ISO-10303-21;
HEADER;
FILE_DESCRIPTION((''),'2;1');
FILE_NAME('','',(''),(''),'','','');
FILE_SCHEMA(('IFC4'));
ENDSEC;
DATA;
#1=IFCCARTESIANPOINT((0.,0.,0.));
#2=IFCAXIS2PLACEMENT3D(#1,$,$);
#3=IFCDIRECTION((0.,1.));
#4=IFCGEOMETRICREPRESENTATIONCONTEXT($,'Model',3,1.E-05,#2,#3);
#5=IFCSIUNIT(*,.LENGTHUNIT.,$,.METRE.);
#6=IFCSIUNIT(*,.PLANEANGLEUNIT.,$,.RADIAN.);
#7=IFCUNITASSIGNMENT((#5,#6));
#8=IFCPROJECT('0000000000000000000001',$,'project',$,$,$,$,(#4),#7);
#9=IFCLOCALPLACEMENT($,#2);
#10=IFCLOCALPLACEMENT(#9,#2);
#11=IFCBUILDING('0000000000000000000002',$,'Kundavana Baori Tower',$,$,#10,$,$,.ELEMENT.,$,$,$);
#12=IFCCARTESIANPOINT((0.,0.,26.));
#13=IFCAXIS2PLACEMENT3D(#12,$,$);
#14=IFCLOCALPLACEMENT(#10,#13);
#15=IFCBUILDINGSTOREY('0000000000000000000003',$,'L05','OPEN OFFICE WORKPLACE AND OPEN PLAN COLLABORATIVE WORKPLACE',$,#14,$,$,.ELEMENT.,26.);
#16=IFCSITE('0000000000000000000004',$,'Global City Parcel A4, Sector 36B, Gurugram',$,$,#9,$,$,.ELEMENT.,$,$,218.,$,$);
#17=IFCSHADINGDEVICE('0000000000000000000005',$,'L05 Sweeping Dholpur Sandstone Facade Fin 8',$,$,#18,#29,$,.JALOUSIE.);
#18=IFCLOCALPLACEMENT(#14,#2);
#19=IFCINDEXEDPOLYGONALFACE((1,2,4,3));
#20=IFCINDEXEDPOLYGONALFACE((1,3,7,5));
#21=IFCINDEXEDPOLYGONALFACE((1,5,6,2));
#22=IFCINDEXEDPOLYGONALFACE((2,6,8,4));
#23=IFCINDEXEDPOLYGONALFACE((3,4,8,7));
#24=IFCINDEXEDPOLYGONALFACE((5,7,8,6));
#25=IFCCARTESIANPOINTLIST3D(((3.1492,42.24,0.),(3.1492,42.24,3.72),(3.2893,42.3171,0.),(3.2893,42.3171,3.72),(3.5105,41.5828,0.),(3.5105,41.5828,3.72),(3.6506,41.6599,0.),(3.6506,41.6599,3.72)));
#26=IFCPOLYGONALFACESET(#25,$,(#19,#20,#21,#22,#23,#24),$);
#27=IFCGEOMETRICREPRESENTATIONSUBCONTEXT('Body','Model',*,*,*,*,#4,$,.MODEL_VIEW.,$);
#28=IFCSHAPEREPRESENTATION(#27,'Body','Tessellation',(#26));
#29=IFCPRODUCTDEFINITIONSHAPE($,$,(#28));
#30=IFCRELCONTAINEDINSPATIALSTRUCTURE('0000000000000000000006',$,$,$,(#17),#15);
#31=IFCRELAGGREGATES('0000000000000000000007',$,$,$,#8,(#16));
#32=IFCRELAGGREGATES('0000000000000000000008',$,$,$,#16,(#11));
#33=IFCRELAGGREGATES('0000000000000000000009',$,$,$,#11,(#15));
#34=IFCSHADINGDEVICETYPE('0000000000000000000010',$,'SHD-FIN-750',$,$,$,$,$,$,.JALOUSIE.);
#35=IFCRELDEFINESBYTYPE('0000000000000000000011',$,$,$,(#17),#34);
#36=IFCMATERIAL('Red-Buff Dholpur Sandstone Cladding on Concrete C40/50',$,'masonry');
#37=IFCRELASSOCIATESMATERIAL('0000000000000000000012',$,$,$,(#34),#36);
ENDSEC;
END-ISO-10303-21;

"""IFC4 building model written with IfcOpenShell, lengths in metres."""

from ifc_helpers import new_model, si_unit, direction, frame, origin, origin_2d, place, context, subcontext, project, spatial, rectangle, extrude, material, type_object, element, save


model = new_model("IFC4")

# Units and contexts
model_context = context("Model", 3, precision=1e-05, world=origin(), true_north=direction((0.0, 1.0)))
body_context = subcontext(model_context, "Body", "Model", "MODEL_VIEW")
ifc_project = project(units=[si_unit("LENGTHUNIT", "METRE"), si_unit("PLANEANGLEUNIT", "RADIAN")], contexts=[model_context])

# Site, building, storey
site_placement = place(None, origin())
site = spatial("IfcSite", under=ifc_project, at=site_placement, Name="Global City Parcel A4, Sector 36B, Gurugram", CompositionType="ELEMENT", RefElevation=218.0)
building_placement = place(site_placement, origin())
building = spatial("IfcBuilding", under=site, at=building_placement, Name="Kundavana Baori Tower", CompositionType="ELEMENT")
storey_placement = place(building_placement, frame((0.0, 0.0, 26.0)))
storey = spatial("IfcBuildingStorey", under=building, at=storey_placement, Name="L05", Description="OPEN OFFICE WORKPLACE AND OPEN PLAN COLLABORATIVE WORKPLACE", CompositionType="ELEMENT", Elevation=26.0)

# Shading device
ifc_material_1 = material(Name="Red-Buff Dholpur Sandstone Cladding on Concrete C40/50", Category="masonry")
shading_device_type = type_object("IfcShadingDeviceType", Name="SHD-FIN-750", PredefinedType="JALOUSIE", material=ifc_material_1)
shading_device_placement = place(storey_placement, frame((3.3999, 41.95, 0.0), z_axis=(0.0, 0.0, 1.0), x_axis=(0.876307, 0.481754, 0.0)))
element("IfcShadingDevice", 1, at=shading_device_placement, inside=storey, type_object=shading_device_type, Name="L05 Sweeping Dholpur Sandstone Facade Fin 8", PredefinedType="JALOUSIE", context=body_context, shape_type="SweptSolid", body=[
    extrude(rectangle(XDim=0.1599, YDim=0.75, at=origin_2d()), origin(), (0.0, 0.0, 1.0), 3.72),
])

save(model, "model.ifc")
